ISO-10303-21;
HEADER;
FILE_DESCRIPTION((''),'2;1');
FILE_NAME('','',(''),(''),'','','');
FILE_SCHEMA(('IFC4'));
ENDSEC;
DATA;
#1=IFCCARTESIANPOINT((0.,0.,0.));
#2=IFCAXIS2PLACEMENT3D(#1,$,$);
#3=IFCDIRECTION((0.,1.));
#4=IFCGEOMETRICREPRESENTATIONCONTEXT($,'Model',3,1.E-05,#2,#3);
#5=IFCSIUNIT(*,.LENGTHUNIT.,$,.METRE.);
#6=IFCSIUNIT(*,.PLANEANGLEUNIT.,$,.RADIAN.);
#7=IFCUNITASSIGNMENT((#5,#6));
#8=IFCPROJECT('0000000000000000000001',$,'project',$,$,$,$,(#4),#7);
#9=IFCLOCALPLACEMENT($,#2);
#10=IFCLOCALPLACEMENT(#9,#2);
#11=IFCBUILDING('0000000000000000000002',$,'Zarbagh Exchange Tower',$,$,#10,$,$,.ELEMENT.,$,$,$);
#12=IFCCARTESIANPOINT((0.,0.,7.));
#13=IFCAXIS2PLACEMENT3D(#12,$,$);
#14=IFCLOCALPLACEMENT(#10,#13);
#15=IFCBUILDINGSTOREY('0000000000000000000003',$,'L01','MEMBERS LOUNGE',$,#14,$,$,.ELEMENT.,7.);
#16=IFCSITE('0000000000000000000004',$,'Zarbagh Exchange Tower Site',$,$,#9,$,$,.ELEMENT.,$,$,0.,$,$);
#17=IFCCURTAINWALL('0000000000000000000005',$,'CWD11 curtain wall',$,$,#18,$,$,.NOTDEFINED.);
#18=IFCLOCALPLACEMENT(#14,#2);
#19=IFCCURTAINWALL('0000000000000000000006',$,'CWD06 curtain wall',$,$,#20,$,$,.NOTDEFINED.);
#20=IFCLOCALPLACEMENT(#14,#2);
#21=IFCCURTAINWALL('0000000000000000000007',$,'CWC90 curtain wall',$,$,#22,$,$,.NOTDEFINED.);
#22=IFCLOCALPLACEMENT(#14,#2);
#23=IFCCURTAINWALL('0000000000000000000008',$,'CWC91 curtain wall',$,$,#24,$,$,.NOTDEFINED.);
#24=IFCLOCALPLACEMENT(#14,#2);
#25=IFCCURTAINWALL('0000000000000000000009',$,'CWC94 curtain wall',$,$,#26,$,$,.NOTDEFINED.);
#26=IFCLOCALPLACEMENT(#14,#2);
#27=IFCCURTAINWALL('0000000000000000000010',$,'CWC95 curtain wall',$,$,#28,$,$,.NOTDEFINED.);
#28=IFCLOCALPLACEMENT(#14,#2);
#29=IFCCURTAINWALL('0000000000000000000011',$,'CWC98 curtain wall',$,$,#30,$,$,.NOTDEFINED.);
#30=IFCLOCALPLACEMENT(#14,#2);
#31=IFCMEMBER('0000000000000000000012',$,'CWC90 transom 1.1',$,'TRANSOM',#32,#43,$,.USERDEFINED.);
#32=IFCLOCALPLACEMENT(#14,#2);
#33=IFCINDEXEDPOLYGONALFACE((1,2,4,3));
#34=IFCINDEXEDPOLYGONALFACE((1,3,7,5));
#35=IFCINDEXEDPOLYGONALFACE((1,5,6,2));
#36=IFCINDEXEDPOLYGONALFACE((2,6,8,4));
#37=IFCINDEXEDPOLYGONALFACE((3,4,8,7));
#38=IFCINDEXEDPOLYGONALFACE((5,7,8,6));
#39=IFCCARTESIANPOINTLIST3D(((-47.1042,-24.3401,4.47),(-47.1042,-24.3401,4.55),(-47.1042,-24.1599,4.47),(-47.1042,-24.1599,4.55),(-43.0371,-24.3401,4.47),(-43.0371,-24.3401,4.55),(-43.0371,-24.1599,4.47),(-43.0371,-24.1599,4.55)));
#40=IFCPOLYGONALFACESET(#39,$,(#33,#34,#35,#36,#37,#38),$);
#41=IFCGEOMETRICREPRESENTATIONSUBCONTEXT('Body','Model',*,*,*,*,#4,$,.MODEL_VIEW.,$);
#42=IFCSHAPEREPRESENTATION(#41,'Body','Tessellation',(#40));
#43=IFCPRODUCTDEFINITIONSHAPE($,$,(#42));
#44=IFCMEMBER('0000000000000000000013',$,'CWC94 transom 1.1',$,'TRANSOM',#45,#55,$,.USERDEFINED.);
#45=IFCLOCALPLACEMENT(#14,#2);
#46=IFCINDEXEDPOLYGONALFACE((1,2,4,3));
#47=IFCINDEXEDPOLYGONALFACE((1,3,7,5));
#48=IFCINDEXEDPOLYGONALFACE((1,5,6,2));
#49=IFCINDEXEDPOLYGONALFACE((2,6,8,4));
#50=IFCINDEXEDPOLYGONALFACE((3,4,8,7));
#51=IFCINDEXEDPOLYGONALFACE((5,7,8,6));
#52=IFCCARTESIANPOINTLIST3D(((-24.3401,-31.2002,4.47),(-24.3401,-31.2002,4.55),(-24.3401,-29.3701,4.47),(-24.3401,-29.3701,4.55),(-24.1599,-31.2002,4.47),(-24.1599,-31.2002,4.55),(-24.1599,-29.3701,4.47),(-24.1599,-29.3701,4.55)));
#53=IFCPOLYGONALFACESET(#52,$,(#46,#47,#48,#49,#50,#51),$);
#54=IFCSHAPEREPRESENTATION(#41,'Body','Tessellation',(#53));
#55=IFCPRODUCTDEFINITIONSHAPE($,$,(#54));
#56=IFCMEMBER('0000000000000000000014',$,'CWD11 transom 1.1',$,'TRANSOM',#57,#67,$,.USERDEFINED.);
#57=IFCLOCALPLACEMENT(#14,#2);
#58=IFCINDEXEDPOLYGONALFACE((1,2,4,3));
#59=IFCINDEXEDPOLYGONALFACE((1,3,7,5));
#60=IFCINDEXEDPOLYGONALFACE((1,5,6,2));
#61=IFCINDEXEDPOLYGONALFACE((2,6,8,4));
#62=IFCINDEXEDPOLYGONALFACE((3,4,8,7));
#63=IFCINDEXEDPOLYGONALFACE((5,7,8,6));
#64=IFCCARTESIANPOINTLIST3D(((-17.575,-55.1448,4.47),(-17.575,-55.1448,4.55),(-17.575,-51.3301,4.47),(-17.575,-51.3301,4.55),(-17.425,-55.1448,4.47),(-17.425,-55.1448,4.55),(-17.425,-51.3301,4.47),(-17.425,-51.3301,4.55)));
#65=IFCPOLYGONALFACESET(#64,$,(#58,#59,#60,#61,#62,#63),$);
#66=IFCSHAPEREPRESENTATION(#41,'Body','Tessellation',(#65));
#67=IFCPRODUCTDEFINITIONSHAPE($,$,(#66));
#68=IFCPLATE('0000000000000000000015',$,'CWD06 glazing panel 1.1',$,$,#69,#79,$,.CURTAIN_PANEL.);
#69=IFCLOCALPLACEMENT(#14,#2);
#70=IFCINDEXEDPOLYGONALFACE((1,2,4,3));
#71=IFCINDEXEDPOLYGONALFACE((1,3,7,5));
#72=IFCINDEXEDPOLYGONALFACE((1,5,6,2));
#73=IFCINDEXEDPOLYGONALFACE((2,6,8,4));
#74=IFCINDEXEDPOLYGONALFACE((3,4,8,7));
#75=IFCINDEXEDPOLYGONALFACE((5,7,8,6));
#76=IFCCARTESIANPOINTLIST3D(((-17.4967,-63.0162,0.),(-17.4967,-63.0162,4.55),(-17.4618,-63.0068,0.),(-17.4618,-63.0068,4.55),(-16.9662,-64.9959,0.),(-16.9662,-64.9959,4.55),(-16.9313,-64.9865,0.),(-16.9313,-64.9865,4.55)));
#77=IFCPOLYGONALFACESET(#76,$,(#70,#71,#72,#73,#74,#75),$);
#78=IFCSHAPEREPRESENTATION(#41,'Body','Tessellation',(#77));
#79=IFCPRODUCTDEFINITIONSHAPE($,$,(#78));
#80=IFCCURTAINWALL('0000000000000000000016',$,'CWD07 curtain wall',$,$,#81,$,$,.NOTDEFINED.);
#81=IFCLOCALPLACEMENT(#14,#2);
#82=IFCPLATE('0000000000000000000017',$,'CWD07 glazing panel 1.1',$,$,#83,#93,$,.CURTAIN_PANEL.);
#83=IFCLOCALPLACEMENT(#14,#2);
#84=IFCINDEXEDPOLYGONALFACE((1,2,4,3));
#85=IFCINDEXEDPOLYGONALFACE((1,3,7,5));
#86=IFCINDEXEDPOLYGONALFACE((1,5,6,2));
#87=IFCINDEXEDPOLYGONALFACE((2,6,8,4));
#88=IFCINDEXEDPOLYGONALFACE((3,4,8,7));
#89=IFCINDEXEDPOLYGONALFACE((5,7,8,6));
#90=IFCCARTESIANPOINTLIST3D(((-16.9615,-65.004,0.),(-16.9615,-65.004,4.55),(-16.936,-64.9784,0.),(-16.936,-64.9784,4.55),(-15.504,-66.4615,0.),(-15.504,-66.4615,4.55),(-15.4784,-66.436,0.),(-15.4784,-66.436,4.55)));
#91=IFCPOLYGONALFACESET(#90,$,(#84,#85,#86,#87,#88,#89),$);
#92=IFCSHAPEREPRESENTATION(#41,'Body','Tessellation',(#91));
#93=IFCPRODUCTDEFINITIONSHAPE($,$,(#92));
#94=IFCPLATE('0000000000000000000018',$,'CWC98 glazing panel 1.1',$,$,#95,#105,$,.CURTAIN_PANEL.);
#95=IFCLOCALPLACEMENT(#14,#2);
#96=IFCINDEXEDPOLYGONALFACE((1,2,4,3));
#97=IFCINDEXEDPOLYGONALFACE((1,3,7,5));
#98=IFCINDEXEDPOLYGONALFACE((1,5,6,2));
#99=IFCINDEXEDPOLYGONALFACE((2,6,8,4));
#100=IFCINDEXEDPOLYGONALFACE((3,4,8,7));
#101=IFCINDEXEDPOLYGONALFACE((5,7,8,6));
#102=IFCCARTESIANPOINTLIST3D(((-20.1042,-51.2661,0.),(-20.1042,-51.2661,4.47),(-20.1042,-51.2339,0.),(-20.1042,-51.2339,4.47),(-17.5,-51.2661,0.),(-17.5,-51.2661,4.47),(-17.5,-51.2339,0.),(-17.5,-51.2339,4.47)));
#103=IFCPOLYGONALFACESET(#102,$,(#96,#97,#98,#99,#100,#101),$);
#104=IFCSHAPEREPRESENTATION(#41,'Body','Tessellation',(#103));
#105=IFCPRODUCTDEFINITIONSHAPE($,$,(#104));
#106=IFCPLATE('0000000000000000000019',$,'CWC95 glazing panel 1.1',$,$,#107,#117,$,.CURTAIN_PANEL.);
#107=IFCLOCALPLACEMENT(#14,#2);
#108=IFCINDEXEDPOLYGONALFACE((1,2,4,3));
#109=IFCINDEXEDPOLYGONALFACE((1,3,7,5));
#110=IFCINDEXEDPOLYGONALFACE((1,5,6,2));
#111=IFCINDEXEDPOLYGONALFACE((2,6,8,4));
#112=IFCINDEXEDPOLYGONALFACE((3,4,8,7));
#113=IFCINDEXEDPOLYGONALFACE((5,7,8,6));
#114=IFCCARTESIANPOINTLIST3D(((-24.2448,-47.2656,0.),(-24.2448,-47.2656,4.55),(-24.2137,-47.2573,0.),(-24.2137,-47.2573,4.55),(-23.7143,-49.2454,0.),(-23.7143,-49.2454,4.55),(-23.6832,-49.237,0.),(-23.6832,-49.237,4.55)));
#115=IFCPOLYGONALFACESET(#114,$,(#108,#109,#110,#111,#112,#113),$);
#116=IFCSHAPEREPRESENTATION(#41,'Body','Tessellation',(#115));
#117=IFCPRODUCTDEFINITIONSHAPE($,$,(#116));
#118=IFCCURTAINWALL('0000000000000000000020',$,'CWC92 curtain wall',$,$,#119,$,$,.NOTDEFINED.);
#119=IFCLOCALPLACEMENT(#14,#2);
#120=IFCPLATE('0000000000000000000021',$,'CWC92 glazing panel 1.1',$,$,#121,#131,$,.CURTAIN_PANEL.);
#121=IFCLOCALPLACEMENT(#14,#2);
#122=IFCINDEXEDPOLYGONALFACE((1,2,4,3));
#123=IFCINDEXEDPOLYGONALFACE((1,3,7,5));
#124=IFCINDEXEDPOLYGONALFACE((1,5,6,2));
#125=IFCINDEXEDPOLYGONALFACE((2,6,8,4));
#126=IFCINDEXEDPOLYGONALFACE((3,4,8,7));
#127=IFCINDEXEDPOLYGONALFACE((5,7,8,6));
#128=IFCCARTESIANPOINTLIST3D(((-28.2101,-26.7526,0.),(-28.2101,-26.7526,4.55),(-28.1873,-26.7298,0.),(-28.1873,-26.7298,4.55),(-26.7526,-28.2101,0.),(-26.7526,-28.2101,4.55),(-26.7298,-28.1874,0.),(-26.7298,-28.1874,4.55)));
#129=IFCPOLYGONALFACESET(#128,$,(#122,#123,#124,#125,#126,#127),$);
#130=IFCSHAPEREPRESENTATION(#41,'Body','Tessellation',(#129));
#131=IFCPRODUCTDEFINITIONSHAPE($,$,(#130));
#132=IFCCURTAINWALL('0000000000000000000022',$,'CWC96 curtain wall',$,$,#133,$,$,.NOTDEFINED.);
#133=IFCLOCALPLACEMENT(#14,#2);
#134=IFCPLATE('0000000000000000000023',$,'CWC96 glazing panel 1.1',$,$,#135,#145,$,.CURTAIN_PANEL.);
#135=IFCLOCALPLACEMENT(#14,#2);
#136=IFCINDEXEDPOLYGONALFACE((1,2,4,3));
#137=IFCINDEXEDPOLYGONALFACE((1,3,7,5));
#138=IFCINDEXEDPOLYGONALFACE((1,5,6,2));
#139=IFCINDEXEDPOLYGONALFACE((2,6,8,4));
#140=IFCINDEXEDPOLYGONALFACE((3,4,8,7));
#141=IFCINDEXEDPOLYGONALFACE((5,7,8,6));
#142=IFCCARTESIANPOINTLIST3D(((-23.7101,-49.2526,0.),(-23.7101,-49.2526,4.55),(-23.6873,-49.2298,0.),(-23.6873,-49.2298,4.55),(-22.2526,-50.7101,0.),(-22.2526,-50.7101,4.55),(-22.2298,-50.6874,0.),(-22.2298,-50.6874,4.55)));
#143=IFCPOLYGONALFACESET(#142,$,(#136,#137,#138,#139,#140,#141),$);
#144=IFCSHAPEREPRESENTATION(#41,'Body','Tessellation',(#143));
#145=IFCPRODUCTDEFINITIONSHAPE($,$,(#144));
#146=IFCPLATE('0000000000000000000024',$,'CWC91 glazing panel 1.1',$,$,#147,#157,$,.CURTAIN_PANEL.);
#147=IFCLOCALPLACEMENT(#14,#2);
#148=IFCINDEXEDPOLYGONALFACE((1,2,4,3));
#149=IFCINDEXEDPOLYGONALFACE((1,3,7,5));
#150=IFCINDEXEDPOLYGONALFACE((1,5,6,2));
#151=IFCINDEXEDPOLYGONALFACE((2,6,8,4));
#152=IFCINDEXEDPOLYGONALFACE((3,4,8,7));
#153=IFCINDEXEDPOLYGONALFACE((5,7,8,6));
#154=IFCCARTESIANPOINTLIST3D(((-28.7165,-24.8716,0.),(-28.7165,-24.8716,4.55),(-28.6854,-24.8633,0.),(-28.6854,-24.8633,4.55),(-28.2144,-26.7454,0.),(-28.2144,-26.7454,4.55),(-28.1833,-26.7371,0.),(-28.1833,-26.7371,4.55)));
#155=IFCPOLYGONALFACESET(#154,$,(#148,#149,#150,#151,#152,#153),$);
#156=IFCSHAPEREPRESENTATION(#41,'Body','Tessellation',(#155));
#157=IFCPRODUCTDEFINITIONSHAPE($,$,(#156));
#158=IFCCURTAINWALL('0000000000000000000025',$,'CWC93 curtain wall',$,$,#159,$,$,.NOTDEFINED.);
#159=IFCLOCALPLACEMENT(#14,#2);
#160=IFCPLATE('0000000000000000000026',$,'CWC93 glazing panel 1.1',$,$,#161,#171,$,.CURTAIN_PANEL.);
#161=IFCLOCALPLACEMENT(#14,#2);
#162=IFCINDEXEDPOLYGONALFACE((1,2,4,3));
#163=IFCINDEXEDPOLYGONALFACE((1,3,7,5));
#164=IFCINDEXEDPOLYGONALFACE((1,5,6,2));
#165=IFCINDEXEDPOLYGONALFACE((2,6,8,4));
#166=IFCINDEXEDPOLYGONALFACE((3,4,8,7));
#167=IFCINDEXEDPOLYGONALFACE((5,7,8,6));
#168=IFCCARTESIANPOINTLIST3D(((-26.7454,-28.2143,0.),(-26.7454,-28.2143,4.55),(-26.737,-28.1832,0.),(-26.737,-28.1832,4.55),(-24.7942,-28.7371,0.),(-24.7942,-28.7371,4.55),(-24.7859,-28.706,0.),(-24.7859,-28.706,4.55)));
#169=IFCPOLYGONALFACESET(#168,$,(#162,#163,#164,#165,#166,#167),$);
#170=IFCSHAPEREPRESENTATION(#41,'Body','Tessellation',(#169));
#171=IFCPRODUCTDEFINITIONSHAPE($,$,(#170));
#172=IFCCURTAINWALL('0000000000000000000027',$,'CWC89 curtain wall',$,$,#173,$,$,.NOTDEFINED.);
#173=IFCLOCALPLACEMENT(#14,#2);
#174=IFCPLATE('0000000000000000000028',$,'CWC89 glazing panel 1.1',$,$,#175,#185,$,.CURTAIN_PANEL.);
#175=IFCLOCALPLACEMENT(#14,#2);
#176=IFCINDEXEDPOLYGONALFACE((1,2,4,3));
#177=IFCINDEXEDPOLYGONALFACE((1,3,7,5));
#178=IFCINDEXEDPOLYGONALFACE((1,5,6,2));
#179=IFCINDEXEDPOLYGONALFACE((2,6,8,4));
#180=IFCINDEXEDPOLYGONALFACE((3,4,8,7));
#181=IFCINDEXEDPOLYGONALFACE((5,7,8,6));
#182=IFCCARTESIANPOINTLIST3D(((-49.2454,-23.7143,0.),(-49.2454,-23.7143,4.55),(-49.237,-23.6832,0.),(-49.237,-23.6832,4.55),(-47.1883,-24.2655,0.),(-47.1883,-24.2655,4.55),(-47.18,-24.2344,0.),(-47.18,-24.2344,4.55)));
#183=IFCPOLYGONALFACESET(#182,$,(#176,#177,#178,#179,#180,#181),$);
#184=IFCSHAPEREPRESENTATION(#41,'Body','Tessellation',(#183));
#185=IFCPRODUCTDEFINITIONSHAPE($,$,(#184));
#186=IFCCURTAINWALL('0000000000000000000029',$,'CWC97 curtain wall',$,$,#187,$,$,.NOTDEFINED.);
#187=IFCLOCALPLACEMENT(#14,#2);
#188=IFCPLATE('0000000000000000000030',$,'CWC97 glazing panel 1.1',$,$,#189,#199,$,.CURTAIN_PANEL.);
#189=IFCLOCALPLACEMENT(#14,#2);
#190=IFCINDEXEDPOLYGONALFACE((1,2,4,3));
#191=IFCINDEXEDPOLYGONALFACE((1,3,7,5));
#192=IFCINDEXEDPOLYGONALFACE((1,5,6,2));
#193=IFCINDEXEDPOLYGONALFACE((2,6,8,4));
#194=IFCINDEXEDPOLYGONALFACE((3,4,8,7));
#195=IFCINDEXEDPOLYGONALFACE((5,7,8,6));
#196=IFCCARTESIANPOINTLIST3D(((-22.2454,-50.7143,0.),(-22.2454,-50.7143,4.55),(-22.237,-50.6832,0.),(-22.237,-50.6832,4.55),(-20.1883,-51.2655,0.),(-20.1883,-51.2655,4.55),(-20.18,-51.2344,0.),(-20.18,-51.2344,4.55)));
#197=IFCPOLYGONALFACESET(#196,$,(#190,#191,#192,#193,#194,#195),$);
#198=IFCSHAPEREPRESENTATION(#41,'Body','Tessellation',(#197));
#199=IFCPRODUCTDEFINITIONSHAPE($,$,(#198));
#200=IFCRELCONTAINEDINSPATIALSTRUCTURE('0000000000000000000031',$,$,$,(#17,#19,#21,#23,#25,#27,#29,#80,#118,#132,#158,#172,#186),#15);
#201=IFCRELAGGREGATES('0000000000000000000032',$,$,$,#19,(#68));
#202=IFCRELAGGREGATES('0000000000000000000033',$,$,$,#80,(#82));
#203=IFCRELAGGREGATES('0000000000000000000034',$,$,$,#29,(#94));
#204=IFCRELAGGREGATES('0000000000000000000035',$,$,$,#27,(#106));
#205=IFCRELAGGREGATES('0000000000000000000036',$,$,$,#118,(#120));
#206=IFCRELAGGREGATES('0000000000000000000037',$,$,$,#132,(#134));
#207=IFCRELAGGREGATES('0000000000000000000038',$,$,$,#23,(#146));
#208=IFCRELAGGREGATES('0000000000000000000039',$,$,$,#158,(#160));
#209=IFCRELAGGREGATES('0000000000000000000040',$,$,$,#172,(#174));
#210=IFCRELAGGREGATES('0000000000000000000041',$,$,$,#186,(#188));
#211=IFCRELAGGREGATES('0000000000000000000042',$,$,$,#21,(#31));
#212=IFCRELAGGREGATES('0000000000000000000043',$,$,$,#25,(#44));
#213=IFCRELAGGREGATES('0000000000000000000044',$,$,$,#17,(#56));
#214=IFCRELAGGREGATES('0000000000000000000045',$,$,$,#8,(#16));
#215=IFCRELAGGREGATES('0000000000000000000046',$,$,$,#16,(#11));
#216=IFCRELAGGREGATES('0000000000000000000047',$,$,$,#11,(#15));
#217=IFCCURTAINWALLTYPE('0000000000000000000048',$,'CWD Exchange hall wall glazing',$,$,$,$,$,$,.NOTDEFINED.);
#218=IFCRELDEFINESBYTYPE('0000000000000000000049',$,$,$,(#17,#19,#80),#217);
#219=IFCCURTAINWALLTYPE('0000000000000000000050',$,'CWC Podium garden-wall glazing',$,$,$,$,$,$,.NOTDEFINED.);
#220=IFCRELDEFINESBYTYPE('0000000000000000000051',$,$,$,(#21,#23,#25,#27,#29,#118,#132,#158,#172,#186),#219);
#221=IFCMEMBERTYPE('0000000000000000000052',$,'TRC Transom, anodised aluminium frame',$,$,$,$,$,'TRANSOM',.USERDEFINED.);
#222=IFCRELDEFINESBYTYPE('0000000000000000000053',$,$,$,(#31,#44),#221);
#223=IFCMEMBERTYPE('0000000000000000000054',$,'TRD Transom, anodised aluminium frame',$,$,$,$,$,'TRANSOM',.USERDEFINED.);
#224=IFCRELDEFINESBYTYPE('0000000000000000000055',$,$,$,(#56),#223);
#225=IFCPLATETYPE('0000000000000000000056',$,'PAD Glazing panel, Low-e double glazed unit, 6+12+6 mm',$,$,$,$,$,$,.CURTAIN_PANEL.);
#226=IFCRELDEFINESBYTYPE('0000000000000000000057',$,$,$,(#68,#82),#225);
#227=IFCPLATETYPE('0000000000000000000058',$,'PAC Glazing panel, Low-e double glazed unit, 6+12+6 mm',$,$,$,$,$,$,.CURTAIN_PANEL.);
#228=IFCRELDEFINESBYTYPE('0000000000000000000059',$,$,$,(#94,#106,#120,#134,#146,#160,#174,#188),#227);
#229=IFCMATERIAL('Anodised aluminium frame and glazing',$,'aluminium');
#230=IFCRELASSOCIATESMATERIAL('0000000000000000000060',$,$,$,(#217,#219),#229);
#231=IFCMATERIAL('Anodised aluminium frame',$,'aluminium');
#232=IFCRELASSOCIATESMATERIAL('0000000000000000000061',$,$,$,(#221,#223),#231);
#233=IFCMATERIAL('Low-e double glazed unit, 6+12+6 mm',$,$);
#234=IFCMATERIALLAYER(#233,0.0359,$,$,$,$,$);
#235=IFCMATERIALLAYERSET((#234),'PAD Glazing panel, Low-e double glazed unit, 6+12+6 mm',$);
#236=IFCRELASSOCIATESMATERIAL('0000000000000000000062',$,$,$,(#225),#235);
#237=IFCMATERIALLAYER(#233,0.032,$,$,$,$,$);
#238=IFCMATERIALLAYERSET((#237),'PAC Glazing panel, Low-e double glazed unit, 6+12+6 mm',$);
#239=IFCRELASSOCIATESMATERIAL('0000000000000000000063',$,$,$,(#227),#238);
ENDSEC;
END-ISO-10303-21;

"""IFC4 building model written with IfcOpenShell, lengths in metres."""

from ifc_helpers import new_model, si_unit, direction, frame, origin, place, context, subcontext, project, spatial, polyline, outline, extrude, source, transform, mapped, material, layer, layer_set, type_object, element, aggregate, save


model = new_model("IFC4")

# Units and contexts
model_context = context("Model", 3, precision=1e-05, world=origin(), true_north=direction((0.0, 1.0)))
body_context = subcontext(model_context, "Body", "Model", "MODEL_VIEW")
ifc_project = project(units=[si_unit("LENGTHUNIT", "METRE"), si_unit("PLANEANGLEUNIT", "RADIAN")], contexts=[model_context])

# Site, building, storey
site_placement = place(None, origin())
site = spatial("IfcSite", under=ifc_project, at=site_placement, Name="Zarbagh Exchange Tower Site", CompositionType="ELEMENT", RefElevation=0.0)
building_placement = place(site_placement, origin())
building = spatial("IfcBuilding", under=site, at=building_placement, Name="Zarbagh Exchange Tower", CompositionType="ELEMENT")
storey_placement = place(building_placement, frame((0.0, 0.0, 7.0)))
storey = spatial("IfcBuildingStorey", under=building, at=storey_placement, Name="L01", Description="MEMBERS LOUNGE", CompositionType="ELEMENT", Elevation=7.0)

# Curtain wall
ifc_material_1 = material(Name="Anodised aluminium frame and glazing", Category="aluminium")
curtain_wall_type_1 = type_object("IfcCurtainWallType", Name="CWD Exchange hall wall glazing", PredefinedType="NOTDEFINED", material=ifc_material_1)
curtain_wall_1_placement = place(storey_placement, origin())
curtain_wall_1 = element("IfcCurtainWall", 1, at=curtain_wall_1_placement, inside=storey, type_object=curtain_wall_type_1, Name="CWD11 curtain wall", PredefinedType="NOTDEFINED")
ifc_material_2 = material(Name="Anodised aluminium frame", Category="aluminium")
placement = place(storey_placement, origin())

# Curtain wall
curtain_wall_2_placement = place(storey_placement, origin())
curtain_wall_2 = element("IfcCurtainWall", 2, at=curtain_wall_2_placement, inside=storey, type_object=curtain_wall_type_1, Name="CWD06 curtain wall", PredefinedType="NOTDEFINED")

# Curtain wall
curtain_wall_type_2 = type_object("IfcCurtainWallType", Name="CWC Podium garden-wall glazing", PredefinedType="NOTDEFINED", material=ifc_material_1)
curtain_wall_3_placement = place(storey_placement, origin())
curtain_wall_3 = element("IfcCurtainWall", 3, at=curtain_wall_3_placement, inside=storey, type_object=curtain_wall_type_2, Name="CWC90 curtain wall", PredefinedType="NOTDEFINED")

# Curtain wall
curtain_wall_4_placement = place(storey_placement, origin())
curtain_wall_4 = element("IfcCurtainWall", 4, at=curtain_wall_4_placement, inside=storey, type_object=curtain_wall_type_2, Name="CWC91 curtain wall", PredefinedType="NOTDEFINED")

# Curtain wall
curtain_wall_5_placement = place(storey_placement, origin())
curtain_wall_5 = element("IfcCurtainWall", 5, at=curtain_wall_5_placement, inside=storey, type_object=curtain_wall_type_2, Name="CWC94 curtain wall", PredefinedType="NOTDEFINED")

# Curtain wall
curtain_wall_6_placement = place(storey_placement, origin())
curtain_wall_6 = element("IfcCurtainWall", 6, at=curtain_wall_6_placement, inside=storey, type_object=curtain_wall_type_2, Name="CWC95 curtain wall", PredefinedType="NOTDEFINED")

# Curtain wall
curtain_wall_7_placement = place(storey_placement, origin())
curtain_wall_7 = element("IfcCurtainWall", 7, at=curtain_wall_7_placement, inside=storey, type_object=curtain_wall_type_2, Name="CWC98 curtain wall", PredefinedType="NOTDEFINED")
member_type_1 = type_object("IfcMemberType", Name="TRC Transom, anodised aluminium frame", ElementType="TRANSOM", PredefinedType="USERDEFINED", material=ifc_material_2)

# Members
shared_shape_1 = source(origin(), body_context, "Body", "SweptSolid", [
    extrude(outline(polyline([(-0.0801, -0.0901), (0.0, -0.0901), (0.0, 0.0901), (-0.0801, 0.0901), (-0.0801, -0.0901)])), origin(), (0.0, 0.0, 1.0), 4.0671),
])
member_1 = element("IfcMember", 8, at=placement, type_object=member_type_1, Name="CWC90 transom 1.1", ObjectType="TRANSOM", PredefinedType="USERDEFINED", context=body_context, shape_type="MappedRepresentation", body=[
    mapped(shared_shape_1, transform((-47.1042, -24.25, 4.55), x_axis=(0.0, 0.0, 1.0), y_axis=(0.0, -1.0, 0.0), z_axis=(1.0, 0.0, 0.0))),
])
shared_shape_2 = source(origin(), body_context, "Body", "SweptSolid", [
    extrude(outline(polyline([(-0.0801, -0.0901), (0.0, -0.0901), (0.0, 0.0901), (-0.0801, 0.0901), (-0.0801, -0.0901)])), origin(), (0.0, 0.0, 1.0), 1.8301),
])
member_2 = element("IfcMember", 9, at=placement, type_object=member_type_1, Name="CWC94 transom 1.1", ObjectType="TRANSOM", PredefinedType="USERDEFINED", context=body_context, shape_type="MappedRepresentation", body=[
    mapped(shared_shape_2, transform((-24.25, -29.3701, 4.55), x_axis=(0.0, 0.0, 1.0), y_axis=(-1.0, 0.0, 0.0), z_axis=(0.0, -1.0, 0.0))),
])
member_type_2 = type_object("IfcMemberType", Name="TRD Transom, anodised aluminium frame", ElementType="TRANSOM", PredefinedType="USERDEFINED", material=ifc_material_2)
shared_shape_3 = source(origin(), body_context, "Body", "SweptSolid", [
    extrude(outline(polyline([(-0.0801, -0.075), (0.0, -0.075), (0.0, 0.075), (-0.0801, 0.075), (-0.0801, -0.075)])), origin(), (0.0, 0.0, 1.0), 3.8147),
])
member_3 = element("IfcMember", 10, at=placement, type_object=member_type_2, Name="CWD11 transom 1.1", ObjectType="TRANSOM", PredefinedType="USERDEFINED", context=body_context, shape_type="MappedRepresentation", body=[
    mapped(shared_shape_3, transform((-17.5, -51.3301, 4.55), x_axis=(0.0, 0.0, 1.0), y_axis=(-1.0, 0.0, 0.0), z_axis=(0.0, -1.0, 0.0))),
])

# Plate
ifc_material_3 = material(Name="Low-e double glazed unit, 6+12+6 mm")
ifc_layer_1 = layer(ifc_material_3, 0.0359)
ifc_layer_set_1 = layer_set([ifc_layer_1], Name="PAD Glazing panel, Low-e double glazed unit, 6+12+6 mm")
plate_type_1 = type_object("IfcPlateType", Name="PAD Glazing panel, Low-e double glazed unit, 6+12+6 mm", PredefinedType="CURTAIN_PANEL", material=ifc_layer_set_1)
shared_shape_4 = source(origin(), body_context, "Body", "SweptSolid", [
    extrude(outline(polyline([(0.0, -0.0181), (2.0496, -0.0181), (2.0496, 0.0181), (0.0, 0.0181), (0.0, -0.0181)])), origin(), (0.0, 0.0, 1.0), 4.55),
])
plate_1 = element("IfcPlate", 11, at=placement, type_object=plate_type_1, Name="CWD06 glazing panel 1.1", PredefinedType="CURTAIN_PANEL", context=body_context, shape_type="MappedRepresentation", body=[
    mapped(shared_shape_4, transform((-17.4792, -63.0115, 0.0), x_axis=(0.258825, -0.965924, 0.0), y_axis=(0.965924, 0.258825, 0.0), z_axis=(0.0, 0.0, 1.0))),
])
aggregate(curtain_wall_2, [plate_1])

# Curtain wall, plate
curtain_wall_8_placement = place(storey_placement, origin())
curtain_wall_8 = element("IfcCurtainWall", 12, at=curtain_wall_8_placement, inside=storey, type_object=curtain_wall_type_1, Name="CWD07 curtain wall", PredefinedType="NOTDEFINED")
shared_shape_5 = source(origin(), body_context, "Body", "SweptSolid", [
    extrude(outline(polyline([(0.0, -0.0181), (2.0613, -0.0181), (2.0613, 0.0181), (0.0, 0.0181), (0.0, -0.0181)])), origin(), (0.0, 0.0, 1.0), 4.55),
])
plate_2 = element("IfcPlate", 13, at=placement, type_object=plate_type_1, Name="CWD07 glazing panel 1.1", PredefinedType="CURTAIN_PANEL", context=body_context, shape_type="MappedRepresentation", body=[
    mapped(shared_shape_5, transform((-16.9487, -64.9912, 0.0), x_axis=(0.707107, -0.707107, 0.0), y_axis=(0.707107, 0.707107, 0.0), z_axis=(0.0, 0.0, 1.0))),
])
aggregate(curtain_wall_8, [plate_2])

# Plates
ifc_layer_2 = layer(ifc_material_3, 0.032)
ifc_layer_set_2 = layer_set([ifc_layer_2], Name="PAC Glazing panel, Low-e double glazed unit, 6+12+6 mm")
plate_type_2 = type_object("IfcPlateType", Name="PAC Glazing panel, Low-e double glazed unit, 6+12+6 mm", PredefinedType="CURTAIN_PANEL", material=ifc_layer_set_2)
shared_shape_6 = source(origin(), body_context, "Body", "SweptSolid", [
    extrude(outline(polyline([(0.0, -0.0161), (2.6042, -0.0161), (2.6042, 0.0161), (0.0, 0.0161), (0.0, -0.0161)])), origin(), (0.0, 0.0, 1.0), 4.47),
])
plate_3 = element("IfcPlate", 14, at=placement, type_object=plate_type_2, Name="CWC98 glazing panel 1.1", PredefinedType="CURTAIN_PANEL", context=body_context, shape_type="MappedRepresentation", body=[
    mapped(shared_shape_6, transform((-20.1042, -51.25, 0.0), x_axis=(1.0, 0.0, 0.0), y_axis=(0.0, 1.0, 0.0), z_axis=(0.0, 0.0, 1.0))),
])
aggregate(curtain_wall_7, [plate_3])
shared_shape_7 = source(origin(), body_context, "Body", "SweptSolid", [
    extrude(outline(polyline([(0.0, -0.0161), (2.0496, -0.0161), (2.0496, 0.0161), (0.0, 0.0161), (0.0, -0.0161)])), origin(), (0.0, 0.0, 1.0), 4.55),
])
plate_4 = element("IfcPlate", 15, at=placement, type_object=plate_type_2, Name="CWC95 glazing panel 1.1", PredefinedType="CURTAIN_PANEL", context=body_context, shape_type="MappedRepresentation", body=[
    mapped(shared_shape_7, transform((-24.2292, -47.2615, 0.0), x_axis=(0.258825, -0.965924, 0.0), y_axis=(0.965924, 0.258825, 0.0), z_axis=(0.0, 0.0, 1.0))),
])
aggregate(curtain_wall_6, [plate_4])

# Curtain walls, plates
curtain_wall_9_placement = place(storey_placement, origin())
curtain_wall_9 = element("IfcCurtainWall", 16, at=curtain_wall_9_placement, inside=storey, type_object=curtain_wall_type_2, Name="CWC92 curtain wall", PredefinedType="NOTDEFINED")
shared_shape_8 = source(origin(), body_context, "Body", "SweptSolid", [
    extrude(outline(polyline([(0.0, -0.0161), (2.0613, -0.0161), (2.0613, 0.0161), (0.0, 0.0161), (0.0, -0.0161)])), origin(), (0.0, 0.0, 1.0), 4.55),
])
plate_5 = element("IfcPlate", 17, at=placement, type_object=plate_type_2, Name="CWC92 glazing panel 1.1", PredefinedType="CURTAIN_PANEL", context=body_context, shape_type="MappedRepresentation", body=[
    mapped(shared_shape_8, transform((-28.1987, -26.7412, 0.0), x_axis=(0.707107, -0.707107, 0.0), y_axis=(0.707107, 0.707107, 0.0), z_axis=(0.0, 0.0, 1.0))),
])
aggregate(curtain_wall_9, [plate_5])
curtain_wall_10_placement = place(storey_placement, origin())
curtain_wall_10 = element("IfcCurtainWall", 18, at=curtain_wall_10_placement, inside=storey, type_object=curtain_wall_type_2, Name="CWC96 curtain wall", PredefinedType="NOTDEFINED")
plate_6 = element("IfcPlate", 19, at=placement, type_object=plate_type_2, Name="CWC96 glazing panel 1.1", PredefinedType="CURTAIN_PANEL", context=body_context, shape_type="MappedRepresentation", body=[
    mapped(shared_shape_8, transform((-23.6987, -49.2412, 0.0), x_axis=(0.707107, -0.707107, 0.0), y_axis=(0.707107, 0.707107, 0.0), z_axis=(0.0, 0.0, 1.0))),
])
aggregate(curtain_wall_10, [plate_6])

# Plate
shared_shape_9 = source(origin(), body_context, "Body", "SweptSolid", [
    extrude(outline(polyline([(0.0, -0.0161), (1.9399, -0.0161), (1.9399, 0.0161), (0.0, 0.0161), (0.0, -0.0161)])), origin(), (0.0, 0.0, 1.0), 4.55),
])
plate_7 = element("IfcPlate", 20, at=placement, type_object=plate_type_2, Name="CWC91 glazing panel 1.1", PredefinedType="CURTAIN_PANEL", context=body_context, shape_type="MappedRepresentation", body=[
    mapped(shared_shape_9, transform((-28.7009, -24.8674, 0.0), x_axis=(0.258825, -0.965924, 0.0), y_axis=(0.965924, 0.258825, 0.0), z_axis=(0.0, 0.0, 1.0))),
])
aggregate(curtain_wall_4, [plate_7])

# Curtain walls, plates
curtain_wall_11_placement = place(storey_placement, origin())
curtain_wall_11 = element("IfcCurtainWall", 21, at=curtain_wall_11_placement, inside=storey, type_object=curtain_wall_type_2, Name="CWC93 curtain wall", PredefinedType="NOTDEFINED")
shared_shape_10 = source(origin(), body_context, "Body", "SweptSolid", [
    extrude(outline(polyline([(0.0, -0.0161), (2.02, -0.0161), (2.02, 0.0161), (0.0, 0.0161), (0.0, -0.0161)])), origin(), (0.0, 0.0, 1.0), 4.55),
])
plate_8 = element("IfcPlate", 22, at=placement, type_object=plate_type_2, Name="CWC93 glazing panel 1.1", PredefinedType="CURTAIN_PANEL", context=body_context, shape_type="MappedRepresentation", body=[
    mapped(shared_shape_10, transform((-26.7412, -28.1987, 0.0), x_axis=(0.965924, -0.258825, 0.0), y_axis=(0.258825, 0.965924, 0.0), z_axis=(0.0, 0.0, 1.0))),
])
aggregate(curtain_wall_11, [plate_8])
curtain_wall_12_placement = place(storey_placement, origin())
curtain_wall_12 = element("IfcCurtainWall", 23, at=curtain_wall_12_placement, inside=storey, type_object=curtain_wall_type_2, Name="CWC89 curtain wall", PredefinedType="NOTDEFINED")
shared_shape_11 = source(origin(), body_context, "Body", "SweptSolid", [
    extrude(outline(polyline([(0.0, -0.0161), (2.1296, -0.0161), (2.1296, 0.0161), (0.0, 0.0161), (0.0, -0.0161)])), origin(), (0.0, 0.0, 1.0), 4.55),
])
plate_9 = element("IfcPlate", 24, at=placement, type_object=plate_type_2, Name="CWC89 glazing panel 1.1", PredefinedType="CURTAIN_PANEL", context=body_context, shape_type="MappedRepresentation", body=[
    mapped(shared_shape_11, transform((-49.2412, -23.6987, 0.0), x_axis=(0.965924, -0.258825, 0.0), y_axis=(0.258825, 0.965924, 0.0), z_axis=(0.0, 0.0, 1.0))),
])
aggregate(curtain_wall_12, [plate_9])
curtain_wall_13_placement = place(storey_placement, origin())
curtain_wall_13 = element("IfcCurtainWall", 25, at=curtain_wall_13_placement, inside=storey, type_object=curtain_wall_type_2, Name="CWC97 curtain wall", PredefinedType="NOTDEFINED")
plate_10 = element("IfcPlate", 26, at=placement, type_object=plate_type_2, Name="CWC97 glazing panel 1.1", PredefinedType="CURTAIN_PANEL", context=body_context, shape_type="MappedRepresentation", body=[
    mapped(shared_shape_11, transform((-22.2412, -50.6987, 0.0), x_axis=(0.965924, -0.258825, 0.0), y_axis=(0.258825, 0.965924, 0.0), z_axis=(0.0, 0.0, 1.0))),
])
aggregate(curtain_wall_13, [plate_10])

aggregate(curtain_wall_3, [member_1])
aggregate(curtain_wall_5, [member_2])
aggregate(curtain_wall_1, [member_3])

save(model, "model.ifc")
